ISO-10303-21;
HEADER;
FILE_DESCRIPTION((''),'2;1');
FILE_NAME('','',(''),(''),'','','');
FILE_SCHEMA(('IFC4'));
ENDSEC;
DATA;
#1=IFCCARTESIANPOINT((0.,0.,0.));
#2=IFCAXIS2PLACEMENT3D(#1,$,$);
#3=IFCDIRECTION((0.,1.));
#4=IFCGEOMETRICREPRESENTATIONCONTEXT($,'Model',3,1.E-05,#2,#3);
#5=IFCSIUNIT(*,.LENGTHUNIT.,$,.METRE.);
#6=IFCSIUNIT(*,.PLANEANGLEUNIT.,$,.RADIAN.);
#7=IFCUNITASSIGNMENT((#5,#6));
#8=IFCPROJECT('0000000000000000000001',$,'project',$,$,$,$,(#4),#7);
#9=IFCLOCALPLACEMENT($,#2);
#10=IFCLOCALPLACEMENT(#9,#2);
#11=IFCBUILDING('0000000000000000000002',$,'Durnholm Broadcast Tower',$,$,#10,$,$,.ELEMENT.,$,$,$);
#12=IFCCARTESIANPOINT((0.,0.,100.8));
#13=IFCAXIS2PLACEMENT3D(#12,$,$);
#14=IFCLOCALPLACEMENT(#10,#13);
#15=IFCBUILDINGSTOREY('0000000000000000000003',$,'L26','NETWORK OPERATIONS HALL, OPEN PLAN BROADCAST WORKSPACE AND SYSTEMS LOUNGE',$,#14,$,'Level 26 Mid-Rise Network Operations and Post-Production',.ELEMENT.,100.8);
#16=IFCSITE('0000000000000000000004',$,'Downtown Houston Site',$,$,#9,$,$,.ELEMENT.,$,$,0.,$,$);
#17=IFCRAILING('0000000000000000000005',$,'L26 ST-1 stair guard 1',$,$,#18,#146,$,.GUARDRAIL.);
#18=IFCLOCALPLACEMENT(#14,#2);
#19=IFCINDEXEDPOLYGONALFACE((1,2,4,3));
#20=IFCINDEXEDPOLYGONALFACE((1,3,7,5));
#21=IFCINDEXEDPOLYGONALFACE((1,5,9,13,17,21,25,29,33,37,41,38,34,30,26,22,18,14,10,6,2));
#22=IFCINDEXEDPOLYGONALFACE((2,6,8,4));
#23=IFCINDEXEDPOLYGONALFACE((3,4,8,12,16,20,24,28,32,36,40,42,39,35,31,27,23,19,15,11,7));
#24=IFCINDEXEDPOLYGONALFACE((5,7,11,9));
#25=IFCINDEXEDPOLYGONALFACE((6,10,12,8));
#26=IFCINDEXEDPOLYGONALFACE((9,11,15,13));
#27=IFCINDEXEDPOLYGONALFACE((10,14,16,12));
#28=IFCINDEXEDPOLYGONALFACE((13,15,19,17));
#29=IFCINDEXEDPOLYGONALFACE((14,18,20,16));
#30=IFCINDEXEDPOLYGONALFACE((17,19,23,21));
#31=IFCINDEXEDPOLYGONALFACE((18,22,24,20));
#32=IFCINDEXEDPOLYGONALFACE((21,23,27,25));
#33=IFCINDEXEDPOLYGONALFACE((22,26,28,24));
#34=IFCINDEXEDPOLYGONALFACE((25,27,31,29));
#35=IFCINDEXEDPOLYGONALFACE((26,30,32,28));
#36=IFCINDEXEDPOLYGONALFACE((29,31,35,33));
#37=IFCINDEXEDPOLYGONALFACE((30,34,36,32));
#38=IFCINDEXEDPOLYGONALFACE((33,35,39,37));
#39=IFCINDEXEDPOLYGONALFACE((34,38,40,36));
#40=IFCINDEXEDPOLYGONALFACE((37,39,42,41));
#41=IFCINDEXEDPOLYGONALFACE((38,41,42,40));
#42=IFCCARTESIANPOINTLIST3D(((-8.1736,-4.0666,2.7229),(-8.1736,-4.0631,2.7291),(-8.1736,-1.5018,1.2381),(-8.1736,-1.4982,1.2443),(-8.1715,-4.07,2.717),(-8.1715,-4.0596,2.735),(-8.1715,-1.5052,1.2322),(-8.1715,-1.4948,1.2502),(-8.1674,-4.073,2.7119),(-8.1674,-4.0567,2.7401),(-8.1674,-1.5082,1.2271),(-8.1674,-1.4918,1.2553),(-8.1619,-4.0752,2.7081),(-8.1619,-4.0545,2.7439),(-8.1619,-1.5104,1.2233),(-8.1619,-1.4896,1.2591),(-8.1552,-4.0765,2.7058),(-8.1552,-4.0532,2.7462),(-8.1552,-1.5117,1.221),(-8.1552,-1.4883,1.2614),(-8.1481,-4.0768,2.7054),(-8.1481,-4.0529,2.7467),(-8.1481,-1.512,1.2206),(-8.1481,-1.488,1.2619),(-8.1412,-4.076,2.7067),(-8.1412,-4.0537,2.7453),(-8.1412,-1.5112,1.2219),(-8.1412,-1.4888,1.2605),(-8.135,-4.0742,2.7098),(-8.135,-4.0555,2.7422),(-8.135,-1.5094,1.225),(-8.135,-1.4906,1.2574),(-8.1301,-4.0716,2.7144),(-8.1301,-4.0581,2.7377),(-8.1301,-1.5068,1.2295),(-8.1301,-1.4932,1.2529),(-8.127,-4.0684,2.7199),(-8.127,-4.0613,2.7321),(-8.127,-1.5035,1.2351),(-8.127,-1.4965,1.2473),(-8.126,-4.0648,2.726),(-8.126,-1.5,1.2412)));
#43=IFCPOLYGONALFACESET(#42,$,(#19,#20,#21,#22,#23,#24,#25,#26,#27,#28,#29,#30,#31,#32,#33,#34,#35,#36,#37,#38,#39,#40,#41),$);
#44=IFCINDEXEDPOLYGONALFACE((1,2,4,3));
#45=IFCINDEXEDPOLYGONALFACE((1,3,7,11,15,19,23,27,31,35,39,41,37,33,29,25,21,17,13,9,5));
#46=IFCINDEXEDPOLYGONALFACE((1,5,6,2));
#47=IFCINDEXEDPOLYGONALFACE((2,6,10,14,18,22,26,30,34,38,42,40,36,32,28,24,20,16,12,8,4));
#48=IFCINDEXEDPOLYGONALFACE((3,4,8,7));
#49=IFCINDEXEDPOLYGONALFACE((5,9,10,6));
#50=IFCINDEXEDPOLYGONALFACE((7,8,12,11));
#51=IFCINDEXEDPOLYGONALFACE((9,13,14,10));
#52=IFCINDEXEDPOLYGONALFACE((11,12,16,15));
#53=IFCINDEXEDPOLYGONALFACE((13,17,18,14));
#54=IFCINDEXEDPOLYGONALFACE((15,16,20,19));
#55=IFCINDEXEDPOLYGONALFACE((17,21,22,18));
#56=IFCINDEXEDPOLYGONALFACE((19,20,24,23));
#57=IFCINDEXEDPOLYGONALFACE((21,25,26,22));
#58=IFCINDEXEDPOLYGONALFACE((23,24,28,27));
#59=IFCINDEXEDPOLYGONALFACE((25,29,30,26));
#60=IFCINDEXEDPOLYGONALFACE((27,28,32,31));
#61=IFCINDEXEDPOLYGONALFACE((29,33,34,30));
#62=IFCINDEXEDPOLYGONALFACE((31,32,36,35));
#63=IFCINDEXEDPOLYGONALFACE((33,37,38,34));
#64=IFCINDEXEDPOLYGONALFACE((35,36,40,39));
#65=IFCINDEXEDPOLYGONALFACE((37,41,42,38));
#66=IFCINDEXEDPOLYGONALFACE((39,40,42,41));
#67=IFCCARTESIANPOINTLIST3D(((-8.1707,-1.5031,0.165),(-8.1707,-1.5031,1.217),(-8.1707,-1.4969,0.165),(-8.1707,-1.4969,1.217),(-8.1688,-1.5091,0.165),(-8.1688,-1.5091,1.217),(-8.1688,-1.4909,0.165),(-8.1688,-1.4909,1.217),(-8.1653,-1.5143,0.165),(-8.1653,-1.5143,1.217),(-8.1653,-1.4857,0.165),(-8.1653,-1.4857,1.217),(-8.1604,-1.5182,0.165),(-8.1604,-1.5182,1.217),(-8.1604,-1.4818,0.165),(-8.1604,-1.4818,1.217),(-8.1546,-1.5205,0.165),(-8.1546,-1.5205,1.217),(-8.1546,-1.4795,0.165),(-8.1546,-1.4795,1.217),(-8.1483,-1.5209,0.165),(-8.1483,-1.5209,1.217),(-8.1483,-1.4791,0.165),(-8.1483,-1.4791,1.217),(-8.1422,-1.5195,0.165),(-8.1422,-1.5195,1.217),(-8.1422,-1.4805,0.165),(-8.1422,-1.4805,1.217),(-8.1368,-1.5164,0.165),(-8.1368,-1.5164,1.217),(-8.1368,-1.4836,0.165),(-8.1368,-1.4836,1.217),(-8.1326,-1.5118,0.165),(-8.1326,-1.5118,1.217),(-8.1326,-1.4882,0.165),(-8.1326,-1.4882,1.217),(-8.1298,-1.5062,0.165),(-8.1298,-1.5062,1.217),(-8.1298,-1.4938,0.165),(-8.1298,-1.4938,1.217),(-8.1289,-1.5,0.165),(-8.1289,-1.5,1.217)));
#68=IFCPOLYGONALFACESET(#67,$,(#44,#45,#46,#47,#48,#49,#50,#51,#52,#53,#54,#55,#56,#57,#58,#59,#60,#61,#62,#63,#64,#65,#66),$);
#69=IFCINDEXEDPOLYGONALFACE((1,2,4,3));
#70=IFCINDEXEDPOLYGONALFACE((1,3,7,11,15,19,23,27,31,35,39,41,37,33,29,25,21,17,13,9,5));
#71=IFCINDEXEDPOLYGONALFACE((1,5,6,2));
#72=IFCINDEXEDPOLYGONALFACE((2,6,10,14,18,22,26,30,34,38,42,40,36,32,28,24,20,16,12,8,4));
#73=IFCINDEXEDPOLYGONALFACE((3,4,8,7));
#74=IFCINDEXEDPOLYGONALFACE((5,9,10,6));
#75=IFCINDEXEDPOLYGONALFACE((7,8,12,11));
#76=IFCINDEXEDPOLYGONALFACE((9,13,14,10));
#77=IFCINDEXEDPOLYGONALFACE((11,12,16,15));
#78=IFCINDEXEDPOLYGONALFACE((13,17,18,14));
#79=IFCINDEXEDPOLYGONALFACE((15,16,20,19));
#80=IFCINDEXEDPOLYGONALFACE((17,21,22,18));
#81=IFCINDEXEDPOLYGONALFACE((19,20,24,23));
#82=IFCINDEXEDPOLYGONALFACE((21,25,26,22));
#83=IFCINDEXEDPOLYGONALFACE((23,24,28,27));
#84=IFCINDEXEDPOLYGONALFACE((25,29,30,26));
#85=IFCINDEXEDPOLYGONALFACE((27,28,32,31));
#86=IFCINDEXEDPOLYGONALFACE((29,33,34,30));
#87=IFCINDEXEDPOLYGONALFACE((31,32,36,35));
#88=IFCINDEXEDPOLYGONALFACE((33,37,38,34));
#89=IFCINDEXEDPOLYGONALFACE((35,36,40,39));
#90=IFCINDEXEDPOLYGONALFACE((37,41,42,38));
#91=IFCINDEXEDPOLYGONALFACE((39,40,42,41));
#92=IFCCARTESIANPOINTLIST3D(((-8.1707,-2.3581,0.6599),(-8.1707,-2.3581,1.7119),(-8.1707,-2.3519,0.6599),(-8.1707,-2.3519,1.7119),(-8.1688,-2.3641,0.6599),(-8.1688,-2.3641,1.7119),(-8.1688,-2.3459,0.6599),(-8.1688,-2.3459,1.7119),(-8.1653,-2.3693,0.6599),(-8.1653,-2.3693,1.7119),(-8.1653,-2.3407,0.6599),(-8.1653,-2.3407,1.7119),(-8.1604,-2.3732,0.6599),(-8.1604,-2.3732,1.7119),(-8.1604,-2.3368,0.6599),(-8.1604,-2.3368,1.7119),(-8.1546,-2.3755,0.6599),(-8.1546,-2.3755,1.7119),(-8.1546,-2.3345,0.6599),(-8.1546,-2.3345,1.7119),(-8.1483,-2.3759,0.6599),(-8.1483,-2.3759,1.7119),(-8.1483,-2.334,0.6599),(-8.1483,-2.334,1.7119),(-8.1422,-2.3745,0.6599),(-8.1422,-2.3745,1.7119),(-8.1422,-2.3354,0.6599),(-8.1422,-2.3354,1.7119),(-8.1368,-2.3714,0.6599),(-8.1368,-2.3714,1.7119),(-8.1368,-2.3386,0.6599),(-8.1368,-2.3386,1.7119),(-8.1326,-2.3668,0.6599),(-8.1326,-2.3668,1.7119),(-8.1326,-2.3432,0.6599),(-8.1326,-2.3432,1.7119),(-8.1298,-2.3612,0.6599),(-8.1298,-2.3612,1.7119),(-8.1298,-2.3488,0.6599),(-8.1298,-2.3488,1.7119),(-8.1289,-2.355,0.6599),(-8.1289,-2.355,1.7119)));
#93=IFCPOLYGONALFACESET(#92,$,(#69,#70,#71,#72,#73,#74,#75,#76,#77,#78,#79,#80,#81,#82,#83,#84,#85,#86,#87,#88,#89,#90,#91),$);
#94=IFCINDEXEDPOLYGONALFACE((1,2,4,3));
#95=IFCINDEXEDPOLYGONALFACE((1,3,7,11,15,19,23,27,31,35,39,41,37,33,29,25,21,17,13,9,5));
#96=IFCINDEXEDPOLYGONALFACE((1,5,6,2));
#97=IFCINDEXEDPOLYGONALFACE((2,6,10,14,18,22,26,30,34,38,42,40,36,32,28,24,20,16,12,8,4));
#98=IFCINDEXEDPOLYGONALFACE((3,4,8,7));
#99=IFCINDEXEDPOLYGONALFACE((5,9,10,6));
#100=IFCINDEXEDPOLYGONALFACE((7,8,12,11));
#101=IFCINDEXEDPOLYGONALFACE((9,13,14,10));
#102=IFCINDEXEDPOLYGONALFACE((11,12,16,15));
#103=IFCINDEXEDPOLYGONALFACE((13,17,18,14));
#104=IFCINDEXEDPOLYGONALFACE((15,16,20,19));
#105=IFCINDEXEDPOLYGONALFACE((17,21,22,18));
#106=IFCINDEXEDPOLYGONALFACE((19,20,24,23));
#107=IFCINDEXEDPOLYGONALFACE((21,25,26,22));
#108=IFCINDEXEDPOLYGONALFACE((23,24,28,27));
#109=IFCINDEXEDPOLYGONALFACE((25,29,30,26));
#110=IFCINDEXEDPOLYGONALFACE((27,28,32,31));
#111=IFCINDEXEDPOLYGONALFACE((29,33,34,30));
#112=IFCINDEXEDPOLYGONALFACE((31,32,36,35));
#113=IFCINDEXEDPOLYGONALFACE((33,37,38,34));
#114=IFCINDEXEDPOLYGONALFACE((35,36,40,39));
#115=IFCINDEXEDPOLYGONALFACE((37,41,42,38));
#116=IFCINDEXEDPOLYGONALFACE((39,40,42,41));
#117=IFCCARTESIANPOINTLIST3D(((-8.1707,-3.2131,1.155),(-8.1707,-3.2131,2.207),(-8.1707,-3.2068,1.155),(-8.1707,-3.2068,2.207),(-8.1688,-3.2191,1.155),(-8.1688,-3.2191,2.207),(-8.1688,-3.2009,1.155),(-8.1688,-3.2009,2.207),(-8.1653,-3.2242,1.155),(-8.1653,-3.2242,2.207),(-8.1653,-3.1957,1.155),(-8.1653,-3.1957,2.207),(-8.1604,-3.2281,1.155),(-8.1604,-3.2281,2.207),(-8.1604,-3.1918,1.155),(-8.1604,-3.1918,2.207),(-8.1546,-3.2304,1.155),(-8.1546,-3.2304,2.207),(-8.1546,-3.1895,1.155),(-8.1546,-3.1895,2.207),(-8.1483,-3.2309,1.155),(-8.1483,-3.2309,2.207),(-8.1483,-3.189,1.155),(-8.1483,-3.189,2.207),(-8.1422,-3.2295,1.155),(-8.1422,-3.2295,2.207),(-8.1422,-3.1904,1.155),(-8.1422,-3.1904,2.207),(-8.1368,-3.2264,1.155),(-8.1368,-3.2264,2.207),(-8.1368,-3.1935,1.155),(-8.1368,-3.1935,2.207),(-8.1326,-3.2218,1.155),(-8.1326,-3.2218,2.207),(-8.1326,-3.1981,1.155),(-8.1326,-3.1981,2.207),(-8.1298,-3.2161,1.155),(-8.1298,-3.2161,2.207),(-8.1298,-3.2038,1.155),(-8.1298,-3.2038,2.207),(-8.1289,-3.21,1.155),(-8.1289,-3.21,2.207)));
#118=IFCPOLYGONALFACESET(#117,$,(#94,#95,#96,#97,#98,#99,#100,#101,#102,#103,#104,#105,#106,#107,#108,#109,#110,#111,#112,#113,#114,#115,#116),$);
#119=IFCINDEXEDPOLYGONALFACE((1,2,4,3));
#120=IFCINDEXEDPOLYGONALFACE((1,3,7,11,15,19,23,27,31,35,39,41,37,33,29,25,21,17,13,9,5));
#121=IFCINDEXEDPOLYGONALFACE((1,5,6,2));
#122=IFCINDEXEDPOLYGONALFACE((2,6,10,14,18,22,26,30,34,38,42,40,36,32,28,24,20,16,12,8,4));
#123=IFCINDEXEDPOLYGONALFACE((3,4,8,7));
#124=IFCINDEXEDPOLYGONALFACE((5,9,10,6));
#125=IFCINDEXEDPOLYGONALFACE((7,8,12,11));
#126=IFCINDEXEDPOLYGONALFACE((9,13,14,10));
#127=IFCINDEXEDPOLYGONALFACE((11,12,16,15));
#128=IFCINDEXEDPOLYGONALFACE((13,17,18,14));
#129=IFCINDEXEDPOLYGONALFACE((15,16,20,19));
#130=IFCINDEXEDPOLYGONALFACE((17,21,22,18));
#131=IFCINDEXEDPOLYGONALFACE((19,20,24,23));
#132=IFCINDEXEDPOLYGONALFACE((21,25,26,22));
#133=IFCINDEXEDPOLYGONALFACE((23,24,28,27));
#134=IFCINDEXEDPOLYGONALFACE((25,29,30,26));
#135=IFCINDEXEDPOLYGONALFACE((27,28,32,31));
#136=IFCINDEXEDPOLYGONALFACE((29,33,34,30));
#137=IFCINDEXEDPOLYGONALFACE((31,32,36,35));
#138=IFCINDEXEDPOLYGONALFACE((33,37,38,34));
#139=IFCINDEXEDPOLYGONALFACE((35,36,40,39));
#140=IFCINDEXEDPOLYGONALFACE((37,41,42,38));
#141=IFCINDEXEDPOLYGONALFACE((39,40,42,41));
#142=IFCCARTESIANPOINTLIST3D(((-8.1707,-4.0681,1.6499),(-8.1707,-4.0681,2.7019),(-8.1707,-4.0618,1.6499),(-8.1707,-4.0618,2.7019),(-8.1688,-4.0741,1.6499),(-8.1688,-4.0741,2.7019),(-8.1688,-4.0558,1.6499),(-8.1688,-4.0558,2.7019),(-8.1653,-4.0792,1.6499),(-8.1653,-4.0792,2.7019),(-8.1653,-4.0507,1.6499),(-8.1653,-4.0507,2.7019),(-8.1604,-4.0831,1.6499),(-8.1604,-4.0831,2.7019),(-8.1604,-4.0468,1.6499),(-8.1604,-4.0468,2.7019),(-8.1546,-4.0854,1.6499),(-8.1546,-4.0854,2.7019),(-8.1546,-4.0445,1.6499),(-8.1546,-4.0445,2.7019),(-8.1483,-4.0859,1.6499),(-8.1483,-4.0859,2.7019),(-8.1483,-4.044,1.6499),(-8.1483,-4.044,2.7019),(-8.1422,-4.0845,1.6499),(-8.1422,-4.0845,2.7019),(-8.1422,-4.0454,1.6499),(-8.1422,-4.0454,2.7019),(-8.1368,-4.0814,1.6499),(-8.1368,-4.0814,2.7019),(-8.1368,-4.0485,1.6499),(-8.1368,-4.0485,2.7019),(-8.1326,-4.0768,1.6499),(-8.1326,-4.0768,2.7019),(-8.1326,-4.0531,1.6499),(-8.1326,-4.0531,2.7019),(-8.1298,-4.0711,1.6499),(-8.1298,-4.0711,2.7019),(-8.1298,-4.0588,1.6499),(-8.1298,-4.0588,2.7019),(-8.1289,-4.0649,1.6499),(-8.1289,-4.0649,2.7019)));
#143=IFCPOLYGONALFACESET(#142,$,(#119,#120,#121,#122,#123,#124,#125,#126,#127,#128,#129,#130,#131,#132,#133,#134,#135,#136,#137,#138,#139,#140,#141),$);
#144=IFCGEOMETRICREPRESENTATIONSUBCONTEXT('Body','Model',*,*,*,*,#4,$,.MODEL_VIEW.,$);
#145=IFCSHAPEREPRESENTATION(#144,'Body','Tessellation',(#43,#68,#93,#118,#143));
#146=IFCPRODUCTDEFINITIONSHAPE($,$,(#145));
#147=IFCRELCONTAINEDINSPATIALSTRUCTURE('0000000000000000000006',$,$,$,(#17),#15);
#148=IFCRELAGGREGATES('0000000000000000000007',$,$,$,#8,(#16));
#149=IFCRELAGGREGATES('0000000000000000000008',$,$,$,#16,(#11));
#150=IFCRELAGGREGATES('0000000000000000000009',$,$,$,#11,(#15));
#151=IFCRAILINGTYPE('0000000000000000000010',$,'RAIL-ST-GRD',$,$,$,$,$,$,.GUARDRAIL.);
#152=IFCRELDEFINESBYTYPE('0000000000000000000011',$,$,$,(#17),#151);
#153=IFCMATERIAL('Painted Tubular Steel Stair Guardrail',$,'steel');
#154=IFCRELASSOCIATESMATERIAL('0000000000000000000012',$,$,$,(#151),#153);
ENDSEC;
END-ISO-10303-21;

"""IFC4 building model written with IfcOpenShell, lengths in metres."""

from ifc_helpers import new_model, si_unit, direction, frame, origin, origin_2d, place, context, subcontext, project, spatial, circle, extrude, material, type_object, element, save


model = new_model("IFC4")

# Units and contexts
model_context = context("Model", 3, precision=1e-05, world=origin(), true_north=direction((0.0, 1.0)))
body_context = subcontext(model_context, "Body", "Model", "MODEL_VIEW")
ifc_project = project(units=[si_unit("LENGTHUNIT", "METRE"), si_unit("PLANEANGLEUNIT", "RADIAN")], contexts=[model_context])

# Site, building, storey
site_placement = place(None, origin())
site = spatial("IfcSite", under=ifc_project, at=site_placement, Name="Downtown Houston Site", CompositionType="ELEMENT", RefElevation=0.0)
building_placement = place(site_placement, origin())
building = spatial("IfcBuilding", under=site, at=building_placement, Name="Durnholm Broadcast Tower", CompositionType="ELEMENT")
storey_placement = place(building_placement, frame((0.0, 0.0, 100.8)))
storey = spatial("IfcBuildingStorey", under=building, at=storey_placement, Name="L26", Description="NETWORK OPERATIONS HALL, OPEN PLAN BROADCAST WORKSPACE AND SYSTEMS LOUNGE", LongName="Level 26 Mid-Rise Network Operations and Post-Production", CompositionType="ELEMENT", Elevation=100.8)

# Railing
ifc_material_1 = material(Name="Painted Tubular Steel Stair Guardrail", Category="steel")
railing_type_1 = type_object("IfcRailingType", Name="RAIL-ST-GRD", PredefinedType="GUARDRAIL", material=ifc_material_1)
railing_1_placement = place(storey_placement, frame((-8.1499, -1.5, 0.165)))
element("IfcRailing", 1, at=railing_1_placement, inside=storey, type_object=railing_type_1, Name="L26 ST-1 stair guard 1", PredefinedType="GUARDRAIL", context=body_context, shape_type="SweptSolid", body=[
    extrude(circle(Radius=0.0239, at=origin_2d()), frame((0.0, 0.0, 1.0762), z_axis=(0.0, -0.865441, 0.50101), x_axis=(1.0, 0.0, 0.0)), (0.0, 0.0, 1.0), 2.9636),
    extrude(circle(Radius=0.021, at=origin_2d()), origin(), (0.0, 0.0, 1.0), 1.052),
    extrude(circle(Radius=0.021, at=origin_2d()), frame((0.0, -0.855, 0.4949)), (0.0, 0.0, 1.0), 1.052),
    extrude(circle(Radius=0.021, at=origin_2d()), frame((0.0, -1.71, 0.99)), (0.0, 0.0, 1.0), 1.052),
    extrude(circle(Radius=0.021, at=origin_2d()), frame((0.0, -2.5649, 1.4849)), (0.0, 0.0, 1.0), 1.052),
])

save(model, "model.ifc")
